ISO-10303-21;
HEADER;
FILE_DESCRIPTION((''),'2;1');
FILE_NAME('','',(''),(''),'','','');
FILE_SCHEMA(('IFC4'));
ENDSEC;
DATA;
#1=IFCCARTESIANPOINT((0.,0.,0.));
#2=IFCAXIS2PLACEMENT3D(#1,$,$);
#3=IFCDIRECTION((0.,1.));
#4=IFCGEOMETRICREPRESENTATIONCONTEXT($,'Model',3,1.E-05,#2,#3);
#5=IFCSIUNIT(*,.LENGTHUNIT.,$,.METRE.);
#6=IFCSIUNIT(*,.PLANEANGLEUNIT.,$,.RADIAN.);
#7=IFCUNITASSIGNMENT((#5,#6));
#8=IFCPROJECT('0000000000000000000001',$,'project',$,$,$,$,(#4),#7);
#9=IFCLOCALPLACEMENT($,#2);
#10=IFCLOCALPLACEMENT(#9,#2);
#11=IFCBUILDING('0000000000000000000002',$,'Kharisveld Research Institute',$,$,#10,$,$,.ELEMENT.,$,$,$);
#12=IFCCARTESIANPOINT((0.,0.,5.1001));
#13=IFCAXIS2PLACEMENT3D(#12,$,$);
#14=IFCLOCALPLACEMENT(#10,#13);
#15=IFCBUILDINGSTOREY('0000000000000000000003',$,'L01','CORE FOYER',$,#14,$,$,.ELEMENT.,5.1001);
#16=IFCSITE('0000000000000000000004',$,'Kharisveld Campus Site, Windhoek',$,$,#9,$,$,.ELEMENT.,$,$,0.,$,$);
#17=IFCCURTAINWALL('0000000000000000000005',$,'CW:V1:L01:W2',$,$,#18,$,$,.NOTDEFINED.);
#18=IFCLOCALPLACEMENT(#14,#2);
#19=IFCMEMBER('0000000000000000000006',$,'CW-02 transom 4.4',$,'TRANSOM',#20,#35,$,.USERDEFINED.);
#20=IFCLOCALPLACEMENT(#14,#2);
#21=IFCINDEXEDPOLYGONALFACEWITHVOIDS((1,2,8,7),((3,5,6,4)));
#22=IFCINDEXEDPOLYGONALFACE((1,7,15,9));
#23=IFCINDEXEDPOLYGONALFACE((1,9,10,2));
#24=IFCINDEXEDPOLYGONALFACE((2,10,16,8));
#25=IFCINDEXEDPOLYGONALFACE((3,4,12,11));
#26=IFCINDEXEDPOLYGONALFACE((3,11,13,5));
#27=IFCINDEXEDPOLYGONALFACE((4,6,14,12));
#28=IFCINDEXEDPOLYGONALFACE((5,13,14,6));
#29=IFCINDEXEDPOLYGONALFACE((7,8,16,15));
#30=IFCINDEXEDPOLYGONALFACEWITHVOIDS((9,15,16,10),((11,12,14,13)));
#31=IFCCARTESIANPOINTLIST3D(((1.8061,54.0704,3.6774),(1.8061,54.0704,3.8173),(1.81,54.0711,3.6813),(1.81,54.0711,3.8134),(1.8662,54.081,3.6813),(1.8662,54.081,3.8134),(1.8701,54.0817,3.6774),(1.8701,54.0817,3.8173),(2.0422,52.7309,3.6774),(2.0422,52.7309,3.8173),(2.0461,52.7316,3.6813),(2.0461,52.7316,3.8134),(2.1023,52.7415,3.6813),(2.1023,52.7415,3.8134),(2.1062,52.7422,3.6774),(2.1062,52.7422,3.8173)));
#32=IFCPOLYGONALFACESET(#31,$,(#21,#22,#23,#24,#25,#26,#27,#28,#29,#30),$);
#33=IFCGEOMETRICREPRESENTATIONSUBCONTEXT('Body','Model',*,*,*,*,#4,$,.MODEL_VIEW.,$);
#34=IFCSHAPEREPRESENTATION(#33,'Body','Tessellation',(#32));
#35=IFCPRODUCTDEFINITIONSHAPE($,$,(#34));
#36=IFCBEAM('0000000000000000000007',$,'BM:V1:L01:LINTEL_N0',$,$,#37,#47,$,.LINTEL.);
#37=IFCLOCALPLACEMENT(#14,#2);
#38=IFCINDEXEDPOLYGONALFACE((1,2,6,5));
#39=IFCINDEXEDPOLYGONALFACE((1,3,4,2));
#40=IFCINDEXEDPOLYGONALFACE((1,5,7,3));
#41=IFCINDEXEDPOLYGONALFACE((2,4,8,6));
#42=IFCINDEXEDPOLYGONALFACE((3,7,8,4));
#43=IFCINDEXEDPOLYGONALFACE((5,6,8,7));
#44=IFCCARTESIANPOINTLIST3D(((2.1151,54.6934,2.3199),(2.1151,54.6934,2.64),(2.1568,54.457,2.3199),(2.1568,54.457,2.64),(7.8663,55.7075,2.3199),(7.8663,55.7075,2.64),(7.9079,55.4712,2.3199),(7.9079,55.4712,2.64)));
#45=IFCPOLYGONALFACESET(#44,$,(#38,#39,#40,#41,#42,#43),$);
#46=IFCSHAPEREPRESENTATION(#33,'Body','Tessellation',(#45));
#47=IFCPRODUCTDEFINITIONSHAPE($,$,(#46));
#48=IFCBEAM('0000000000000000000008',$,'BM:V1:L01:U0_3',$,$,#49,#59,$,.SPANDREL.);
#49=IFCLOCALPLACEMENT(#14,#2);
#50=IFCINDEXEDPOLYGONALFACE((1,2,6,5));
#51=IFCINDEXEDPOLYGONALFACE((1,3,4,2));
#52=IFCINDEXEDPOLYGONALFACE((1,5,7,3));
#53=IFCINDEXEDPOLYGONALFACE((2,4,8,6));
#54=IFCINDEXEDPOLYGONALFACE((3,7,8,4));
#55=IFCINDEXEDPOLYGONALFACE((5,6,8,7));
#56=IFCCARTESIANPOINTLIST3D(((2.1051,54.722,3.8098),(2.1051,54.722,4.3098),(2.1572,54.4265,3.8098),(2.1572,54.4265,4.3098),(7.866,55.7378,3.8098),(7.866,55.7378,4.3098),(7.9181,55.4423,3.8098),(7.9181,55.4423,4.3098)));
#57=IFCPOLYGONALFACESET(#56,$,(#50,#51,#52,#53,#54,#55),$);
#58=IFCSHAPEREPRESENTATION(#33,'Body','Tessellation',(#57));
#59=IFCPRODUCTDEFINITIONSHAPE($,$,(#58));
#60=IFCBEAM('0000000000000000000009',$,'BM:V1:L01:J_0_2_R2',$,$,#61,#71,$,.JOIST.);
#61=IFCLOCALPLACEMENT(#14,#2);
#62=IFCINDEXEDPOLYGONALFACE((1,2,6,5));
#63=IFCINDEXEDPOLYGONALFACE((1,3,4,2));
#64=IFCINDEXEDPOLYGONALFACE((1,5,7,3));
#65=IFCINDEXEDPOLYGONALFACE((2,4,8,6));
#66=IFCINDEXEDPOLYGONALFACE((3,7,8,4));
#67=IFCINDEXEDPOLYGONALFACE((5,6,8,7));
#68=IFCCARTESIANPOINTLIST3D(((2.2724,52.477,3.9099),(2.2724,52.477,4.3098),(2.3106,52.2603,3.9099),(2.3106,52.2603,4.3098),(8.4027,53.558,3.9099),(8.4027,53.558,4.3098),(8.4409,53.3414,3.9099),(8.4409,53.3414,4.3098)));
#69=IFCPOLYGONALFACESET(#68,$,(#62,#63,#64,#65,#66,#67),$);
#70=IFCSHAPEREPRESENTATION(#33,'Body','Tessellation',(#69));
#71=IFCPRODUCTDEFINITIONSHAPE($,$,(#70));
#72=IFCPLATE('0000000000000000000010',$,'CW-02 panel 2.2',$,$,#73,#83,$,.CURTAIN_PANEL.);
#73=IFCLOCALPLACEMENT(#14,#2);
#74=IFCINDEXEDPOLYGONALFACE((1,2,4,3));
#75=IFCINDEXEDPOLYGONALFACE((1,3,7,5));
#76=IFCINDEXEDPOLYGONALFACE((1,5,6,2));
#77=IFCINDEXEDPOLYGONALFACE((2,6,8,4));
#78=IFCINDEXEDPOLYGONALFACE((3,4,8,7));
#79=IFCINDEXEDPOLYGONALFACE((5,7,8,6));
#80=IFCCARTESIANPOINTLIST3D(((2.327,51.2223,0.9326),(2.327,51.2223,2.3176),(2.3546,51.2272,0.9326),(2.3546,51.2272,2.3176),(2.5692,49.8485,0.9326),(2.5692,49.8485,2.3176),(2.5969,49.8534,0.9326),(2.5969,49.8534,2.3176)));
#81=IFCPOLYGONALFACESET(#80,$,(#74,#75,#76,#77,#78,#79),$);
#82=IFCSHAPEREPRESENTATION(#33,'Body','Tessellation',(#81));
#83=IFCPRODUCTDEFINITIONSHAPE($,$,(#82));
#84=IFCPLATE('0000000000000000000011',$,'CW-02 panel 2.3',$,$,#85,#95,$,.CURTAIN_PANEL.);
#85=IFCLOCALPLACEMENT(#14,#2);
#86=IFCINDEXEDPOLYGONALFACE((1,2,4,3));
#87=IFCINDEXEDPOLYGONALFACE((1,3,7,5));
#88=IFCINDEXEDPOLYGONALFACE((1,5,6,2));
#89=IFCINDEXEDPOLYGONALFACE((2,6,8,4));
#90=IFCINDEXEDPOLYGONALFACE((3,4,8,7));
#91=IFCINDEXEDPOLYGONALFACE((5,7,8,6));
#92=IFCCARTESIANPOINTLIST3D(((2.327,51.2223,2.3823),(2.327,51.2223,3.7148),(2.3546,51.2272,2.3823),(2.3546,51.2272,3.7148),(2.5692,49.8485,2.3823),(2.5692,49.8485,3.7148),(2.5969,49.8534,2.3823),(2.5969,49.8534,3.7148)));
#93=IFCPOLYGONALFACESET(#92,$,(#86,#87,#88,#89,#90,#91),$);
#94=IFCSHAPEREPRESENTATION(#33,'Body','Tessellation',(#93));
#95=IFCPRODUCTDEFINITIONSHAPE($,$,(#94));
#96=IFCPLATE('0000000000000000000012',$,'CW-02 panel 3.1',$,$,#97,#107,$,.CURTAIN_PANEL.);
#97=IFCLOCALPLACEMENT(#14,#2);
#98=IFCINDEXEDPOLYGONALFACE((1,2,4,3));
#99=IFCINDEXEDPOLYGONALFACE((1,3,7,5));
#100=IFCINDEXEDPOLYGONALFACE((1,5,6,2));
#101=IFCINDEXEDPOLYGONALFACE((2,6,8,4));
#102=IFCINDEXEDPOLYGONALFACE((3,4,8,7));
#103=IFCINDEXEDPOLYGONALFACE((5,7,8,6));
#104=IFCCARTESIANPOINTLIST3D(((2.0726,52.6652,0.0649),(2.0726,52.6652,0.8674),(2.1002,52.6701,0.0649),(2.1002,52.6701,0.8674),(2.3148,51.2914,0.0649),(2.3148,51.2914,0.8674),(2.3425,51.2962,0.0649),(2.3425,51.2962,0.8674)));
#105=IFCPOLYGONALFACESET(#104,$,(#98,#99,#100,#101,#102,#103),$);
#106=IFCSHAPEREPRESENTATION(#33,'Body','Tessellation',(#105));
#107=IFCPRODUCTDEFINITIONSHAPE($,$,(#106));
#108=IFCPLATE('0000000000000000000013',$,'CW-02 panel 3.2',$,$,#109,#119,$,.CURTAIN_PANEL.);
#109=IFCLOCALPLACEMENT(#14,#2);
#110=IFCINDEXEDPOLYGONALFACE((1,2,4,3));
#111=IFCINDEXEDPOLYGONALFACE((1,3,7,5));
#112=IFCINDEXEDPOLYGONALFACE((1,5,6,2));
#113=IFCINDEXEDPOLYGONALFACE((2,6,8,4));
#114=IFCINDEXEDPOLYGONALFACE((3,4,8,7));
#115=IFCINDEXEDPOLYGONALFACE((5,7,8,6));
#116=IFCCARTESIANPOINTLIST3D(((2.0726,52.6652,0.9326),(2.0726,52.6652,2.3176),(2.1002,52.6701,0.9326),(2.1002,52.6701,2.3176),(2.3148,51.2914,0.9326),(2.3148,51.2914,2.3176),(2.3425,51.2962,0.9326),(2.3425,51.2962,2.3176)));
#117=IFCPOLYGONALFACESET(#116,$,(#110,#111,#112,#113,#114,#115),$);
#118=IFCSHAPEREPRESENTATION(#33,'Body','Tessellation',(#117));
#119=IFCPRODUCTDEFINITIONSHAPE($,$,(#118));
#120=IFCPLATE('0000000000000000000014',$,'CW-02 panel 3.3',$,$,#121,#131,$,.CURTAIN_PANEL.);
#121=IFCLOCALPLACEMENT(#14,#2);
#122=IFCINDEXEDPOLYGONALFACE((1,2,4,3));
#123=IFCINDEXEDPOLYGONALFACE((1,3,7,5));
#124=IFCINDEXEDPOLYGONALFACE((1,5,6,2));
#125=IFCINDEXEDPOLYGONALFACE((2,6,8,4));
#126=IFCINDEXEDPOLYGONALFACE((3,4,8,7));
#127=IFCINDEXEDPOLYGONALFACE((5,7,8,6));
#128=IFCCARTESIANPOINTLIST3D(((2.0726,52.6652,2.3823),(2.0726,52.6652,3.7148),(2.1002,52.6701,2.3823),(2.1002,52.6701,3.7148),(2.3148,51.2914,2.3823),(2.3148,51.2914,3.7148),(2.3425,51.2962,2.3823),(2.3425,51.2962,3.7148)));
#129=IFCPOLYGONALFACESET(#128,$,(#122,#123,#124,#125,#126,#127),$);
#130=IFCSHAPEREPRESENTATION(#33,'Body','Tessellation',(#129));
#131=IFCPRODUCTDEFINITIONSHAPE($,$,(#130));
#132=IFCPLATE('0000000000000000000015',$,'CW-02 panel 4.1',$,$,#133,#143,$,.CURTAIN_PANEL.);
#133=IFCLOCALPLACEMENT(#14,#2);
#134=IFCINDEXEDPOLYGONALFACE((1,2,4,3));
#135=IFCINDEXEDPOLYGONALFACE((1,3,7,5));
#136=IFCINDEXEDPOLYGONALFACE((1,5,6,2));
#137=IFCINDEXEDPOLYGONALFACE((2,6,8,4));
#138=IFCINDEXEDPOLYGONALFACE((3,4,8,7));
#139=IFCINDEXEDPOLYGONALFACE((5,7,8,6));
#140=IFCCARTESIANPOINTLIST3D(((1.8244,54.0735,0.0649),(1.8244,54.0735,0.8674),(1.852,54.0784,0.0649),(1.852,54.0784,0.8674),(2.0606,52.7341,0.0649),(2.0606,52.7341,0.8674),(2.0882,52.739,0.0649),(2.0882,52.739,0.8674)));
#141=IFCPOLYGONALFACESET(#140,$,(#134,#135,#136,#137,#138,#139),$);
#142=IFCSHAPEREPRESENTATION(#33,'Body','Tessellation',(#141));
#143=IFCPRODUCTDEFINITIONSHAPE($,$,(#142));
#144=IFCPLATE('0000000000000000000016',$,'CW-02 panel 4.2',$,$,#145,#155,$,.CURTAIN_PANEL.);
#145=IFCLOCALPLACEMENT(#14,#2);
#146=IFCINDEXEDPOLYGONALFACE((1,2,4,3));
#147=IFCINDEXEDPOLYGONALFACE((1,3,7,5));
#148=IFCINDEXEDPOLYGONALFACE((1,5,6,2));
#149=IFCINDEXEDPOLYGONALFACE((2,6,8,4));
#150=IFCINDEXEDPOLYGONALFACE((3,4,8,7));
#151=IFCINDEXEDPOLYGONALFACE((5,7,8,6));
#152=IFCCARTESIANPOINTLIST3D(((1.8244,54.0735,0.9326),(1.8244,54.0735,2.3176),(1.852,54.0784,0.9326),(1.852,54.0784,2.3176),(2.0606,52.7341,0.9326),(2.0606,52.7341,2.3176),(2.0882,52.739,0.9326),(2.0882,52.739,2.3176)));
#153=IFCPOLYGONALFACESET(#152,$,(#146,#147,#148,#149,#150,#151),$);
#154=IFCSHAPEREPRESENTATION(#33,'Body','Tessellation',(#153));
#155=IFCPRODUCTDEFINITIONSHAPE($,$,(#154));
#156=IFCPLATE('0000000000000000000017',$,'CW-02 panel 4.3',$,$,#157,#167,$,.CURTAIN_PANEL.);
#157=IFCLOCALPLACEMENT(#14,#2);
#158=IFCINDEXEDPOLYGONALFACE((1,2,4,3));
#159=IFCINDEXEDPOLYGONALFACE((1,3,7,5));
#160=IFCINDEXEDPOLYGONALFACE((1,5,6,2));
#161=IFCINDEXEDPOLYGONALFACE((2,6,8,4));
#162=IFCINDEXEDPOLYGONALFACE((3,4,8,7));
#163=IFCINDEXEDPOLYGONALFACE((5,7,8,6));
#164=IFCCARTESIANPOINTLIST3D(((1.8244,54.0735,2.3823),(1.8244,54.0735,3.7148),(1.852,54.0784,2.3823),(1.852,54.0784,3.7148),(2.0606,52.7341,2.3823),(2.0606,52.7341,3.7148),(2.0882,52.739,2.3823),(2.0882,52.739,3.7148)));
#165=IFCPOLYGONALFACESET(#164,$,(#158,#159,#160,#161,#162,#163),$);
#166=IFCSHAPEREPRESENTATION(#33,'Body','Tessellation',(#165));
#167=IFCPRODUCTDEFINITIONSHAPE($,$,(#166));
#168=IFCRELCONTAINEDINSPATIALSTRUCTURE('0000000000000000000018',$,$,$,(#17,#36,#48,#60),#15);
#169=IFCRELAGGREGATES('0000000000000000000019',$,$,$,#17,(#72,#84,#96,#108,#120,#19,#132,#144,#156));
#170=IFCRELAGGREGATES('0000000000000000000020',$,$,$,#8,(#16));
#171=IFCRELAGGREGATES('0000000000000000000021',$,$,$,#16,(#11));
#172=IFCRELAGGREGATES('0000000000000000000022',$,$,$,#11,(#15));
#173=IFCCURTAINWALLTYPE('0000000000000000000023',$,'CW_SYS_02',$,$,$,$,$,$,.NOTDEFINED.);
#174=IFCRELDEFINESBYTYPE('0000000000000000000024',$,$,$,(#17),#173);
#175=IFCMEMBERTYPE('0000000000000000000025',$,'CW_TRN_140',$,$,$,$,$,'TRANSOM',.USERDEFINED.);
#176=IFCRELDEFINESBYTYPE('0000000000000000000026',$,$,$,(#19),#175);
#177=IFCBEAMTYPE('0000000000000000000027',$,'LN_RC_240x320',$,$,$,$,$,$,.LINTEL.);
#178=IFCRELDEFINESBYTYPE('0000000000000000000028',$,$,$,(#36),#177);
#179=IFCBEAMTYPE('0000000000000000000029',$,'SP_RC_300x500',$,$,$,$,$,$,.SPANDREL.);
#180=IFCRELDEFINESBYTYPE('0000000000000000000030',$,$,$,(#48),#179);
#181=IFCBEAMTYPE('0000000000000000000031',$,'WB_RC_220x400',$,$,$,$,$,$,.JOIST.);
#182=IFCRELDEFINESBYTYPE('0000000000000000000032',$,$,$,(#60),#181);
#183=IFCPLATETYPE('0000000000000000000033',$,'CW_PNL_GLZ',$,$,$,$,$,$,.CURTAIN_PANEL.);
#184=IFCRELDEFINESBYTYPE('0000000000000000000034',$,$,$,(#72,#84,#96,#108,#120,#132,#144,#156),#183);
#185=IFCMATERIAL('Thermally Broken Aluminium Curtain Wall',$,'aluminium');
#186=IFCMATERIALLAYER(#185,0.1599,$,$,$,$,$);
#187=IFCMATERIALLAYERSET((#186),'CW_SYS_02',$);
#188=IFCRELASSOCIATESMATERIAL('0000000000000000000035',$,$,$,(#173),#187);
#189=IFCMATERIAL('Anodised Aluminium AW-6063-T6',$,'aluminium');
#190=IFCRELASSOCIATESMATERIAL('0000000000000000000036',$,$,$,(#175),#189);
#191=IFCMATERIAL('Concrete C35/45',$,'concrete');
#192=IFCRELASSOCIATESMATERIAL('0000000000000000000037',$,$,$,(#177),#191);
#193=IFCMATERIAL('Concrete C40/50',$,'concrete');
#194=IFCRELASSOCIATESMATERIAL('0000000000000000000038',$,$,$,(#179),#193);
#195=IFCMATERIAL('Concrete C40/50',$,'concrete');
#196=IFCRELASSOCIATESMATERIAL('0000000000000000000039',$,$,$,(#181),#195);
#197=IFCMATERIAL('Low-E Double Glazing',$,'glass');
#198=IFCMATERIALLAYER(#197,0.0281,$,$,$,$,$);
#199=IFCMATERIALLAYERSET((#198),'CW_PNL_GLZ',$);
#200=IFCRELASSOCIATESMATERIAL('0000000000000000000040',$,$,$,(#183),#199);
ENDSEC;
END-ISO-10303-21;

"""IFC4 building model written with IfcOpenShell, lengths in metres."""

from ifc_helpers import new_model, si_unit, direction, frame, origin, origin_2d, place, context, subcontext, project, spatial, rectangle, hollow_rectangle, extrude, material, layer, layer_set, material_profile, profile_set, type_object, element, aggregate, save


model = new_model("IFC4")

# Units and contexts
model_context = context("Model", 3, precision=1e-05, world=origin(), true_north=direction((0.0, 1.0)))
body_context = subcontext(model_context, "Body", "Model", "MODEL_VIEW")
ifc_project = project(units=[si_unit("LENGTHUNIT", "METRE"), si_unit("PLANEANGLEUNIT", "RADIAN")], contexts=[model_context])

# Site, building, storey
site_placement = place(None, origin())
site = spatial("IfcSite", under=ifc_project, at=site_placement, Name="Kharisveld Campus Site, Windhoek", CompositionType="ELEMENT", RefElevation=0.0)
building_placement = place(site_placement, origin())
building = spatial("IfcBuilding", under=site, at=building_placement, Name="Kharisveld Research Institute", CompositionType="ELEMENT")
storey_placement = place(building_placement, frame((0.0, 0.0, 5.1001)))
storey = spatial("IfcBuildingStorey", under=building, at=storey_placement, Name="L01", Description="CORE FOYER", CompositionType="ELEMENT", Elevation=5.1001)

# Curtain wall, member
ifc_material_1 = material(Name="Thermally Broken Aluminium Curtain Wall", Category="aluminium")
ifc_layer_1 = layer(ifc_material_1, 0.1599)
ifc_layer_set_1 = layer_set([ifc_layer_1], Name="CW_SYS_02")
curtain_wall_type = type_object("IfcCurtainWallType", Name="CW_SYS_02", PredefinedType="NOTDEFINED", material=ifc_layer_set_1)
curtain_wall_placement = place(storey_placement, origin())
curtain_wall = element("IfcCurtainWall", 1, at=curtain_wall_placement, inside=storey, type_object=curtain_wall_type, Name="CW:V1:L01:W2", PredefinedType="NOTDEFINED")
ifc_material_2 = material(Name="Anodised Aluminium AW-6063-T6", Category="aluminium")
ifc_material_profile_1 = material_profile(ifc_material_2, hollow_rectangle(XDim=0.0649, YDim=0.1399, WallThickness=0.0039, at=origin_2d()))
ifc_profile_set_1 = profile_set([ifc_material_profile_1], Name="Anodised Aluminium AW-6063-T6")
member_type_1 = type_object("IfcMemberType", Name="CW_TRN_140", ElementType="TRANSOM", PredefinedType="USERDEFINED", material=ifc_profile_set_1)
member_1_placement = place(storey_placement, frame((2.0742, 52.7366, 3.7473), z_axis=(-0.173591, 0.984818, 0.0), x_axis=(-0.984818, -0.173591, 0.0)))
member_1 = element("IfcMember", 2, at=member_1_placement, type_object=member_type_1, Name="CW-02 transom 4.4", ObjectType="TRANSOM", PredefinedType="USERDEFINED", context=body_context, shape_type="SweptSolid", body=[
    extrude(hollow_rectangle(XDim=0.0649, YDim=0.1399, WallThickness=0.0039, at=origin_2d()), origin(), (0.0, 0.0, 1.0), 1.3601),
])

# Beams
ifc_material_3 = material(Name="Concrete C35/45", Category="concrete")
ifc_material_profile_2 = material_profile(ifc_material_3, rectangle(XDim=0.24, YDim=0.3201, at=origin_2d()))
ifc_profile_set_2 = profile_set([ifc_material_profile_2], Name="Concrete C35/45")
beam_type_1 = type_object("IfcBeamType", Name="LN_RC_240x320", PredefinedType="LINTEL", material=ifc_profile_set_2)
beam_1_placement = place(storey_placement, frame((2.136, 54.5752, 2.48), z_axis=(0.984806, 0.173659, 0.0), x_axis=(-0.173659, 0.984806, 0.0)))
element("IfcBeam", 3, at=beam_1_placement, inside=storey, type_object=beam_type_1, Name="BM:V1:L01:LINTEL_N0", PredefinedType="LINTEL", context=body_context, shape_type="SweptSolid", body=[
    extrude(rectangle(XDim=0.24, YDim=0.3201, at=origin_2d()), origin(), (0.0, 0.0, 1.0), 5.8398),
])
ifc_material_4 = material(Name="Concrete C40/50", Category="concrete")
ifc_material_profile_3 = material_profile(ifc_material_4, rectangle(XDim=0.3, YDim=0.5, at=origin_2d()))
ifc_profile_set_3 = profile_set([ifc_material_profile_3], Name="Concrete C40/50")
beam_type_2 = type_object("IfcBeamType", Name="SP_RC_300x500", PredefinedType="SPANDREL", material=ifc_profile_set_3)
beam_2_placement = place(storey_placement, frame((2.1311, 54.5742, 4.0598), z_axis=(0.984806, 0.173657, 0.0), x_axis=(-0.173657, 0.984806, 0.0)))
element("IfcBeam", 4, at=beam_2_placement, inside=storey, type_object=beam_type_2, Name="BM:V1:L01:U0_3", PredefinedType="SPANDREL", context=body_context, shape_type="SweptSolid", body=[
    extrude(rectangle(XDim=0.3, YDim=0.5, at=origin_2d()), origin(), (0.0, 0.0, 1.0), 5.8499),
])
ifc_material_5 = material(Name="Concrete C40/50", Category="concrete")
ifc_material_profile_4 = material_profile(ifc_material_5, rectangle(XDim=0.22, YDim=0.3999, at=origin_2d()))
ifc_profile_set_4 = profile_set([ifc_material_profile_4], Name="Concrete C40/50")
beam_type_3 = type_object("IfcBeamType", Name="WB_RC_220x400", PredefinedType="JOIST", material=ifc_profile_set_4)
beam_3_placement = place(storey_placement, frame((2.2915, 52.3687, 4.1099), z_axis=(0.984805, 0.173665, 0.0), x_axis=(-0.173665, 0.984805, 0.0)))
element("IfcBeam", 5, at=beam_3_placement, inside=storey, type_object=beam_type_3, Name="BM:V1:L01:J_0_2_R2", PredefinedType="JOIST", context=body_context, shape_type="SweptSolid", body=[
    extrude(rectangle(XDim=0.22, YDim=0.3999, at=origin_2d()), origin(), (0.0, 0.0, 1.0), 6.2249),
])

# Plates
ifc_material_6 = material(Name="Low-E Double Glazing", Category="glass")
ifc_layer_2 = layer(ifc_material_6, 0.0281)
ifc_layer_set_2 = layer_set([ifc_layer_2], Name="CW_PNL_GLZ")
plate_type = type_object("IfcPlateType", Name="CW_PNL_GLZ", PredefinedType="CURTAIN_PANEL", material=ifc_layer_set_2)
plate_1_placement = place(storey_placement, frame((2.4619, 50.5378, 0.9326), z_axis=(0.0, 0.0, 1.0), x_axis=(-0.173648, 0.984808, 0.0)))
plate_1 = element("IfcPlate", 6, at=plate_1_placement, type_object=plate_type, Name="CW-02 panel 2.2", PredefinedType="CURTAIN_PANEL", context=body_context, shape_type="SweptSolid", body=[
    extrude(rectangle(XDim=1.395, YDim=0.0281, at=origin_2d()), origin(), (0.0, 0.0, 1.0), 1.385),
])
plate_2_placement = place(storey_placement, frame((2.4619, 50.5378, 2.3823), z_axis=(0.0, 0.0, 1.0), x_axis=(-0.173648, 0.984808, 0.0)))
plate_2 = element("IfcPlate", 7, at=plate_2_placement, type_object=plate_type, Name="CW-02 panel 2.3", PredefinedType="CURTAIN_PANEL", context=body_context, shape_type="SweptSolid", body=[
    extrude(rectangle(XDim=1.395, YDim=0.0281, at=origin_2d()), origin(), (0.0, 0.0, 1.0), 1.3325),
])
plate_3_placement = place(storey_placement, frame((2.2075, 51.9807, 0.0649), z_axis=(0.0, 0.0, 1.0), x_axis=(-0.173648, 0.984808, 0.0)))
plate_3 = element("IfcPlate", 8, at=plate_3_placement, type_object=plate_type, Name="CW-02 panel 3.1", PredefinedType="CURTAIN_PANEL", context=body_context, shape_type="SweptSolid", body=[
    extrude(rectangle(XDim=1.395, YDim=0.0281, at=origin_2d()), origin(), (0.0, 0.0, 1.0), 0.8025),
])
plate_4_placement = place(storey_placement, frame((2.2075, 51.9807, 0.9326), z_axis=(0.0, 0.0, 1.0), x_axis=(-0.173648, 0.984808, 0.0)))
plate_4 = element("IfcPlate", 9, at=plate_4_placement, type_object=plate_type, Name="CW-02 panel 3.2", PredefinedType="CURTAIN_PANEL", context=body_context, shape_type="SweptSolid", body=[
    extrude(rectangle(XDim=1.395, YDim=0.0281, at=origin_2d()), origin(), (0.0, 0.0, 1.0), 1.385),
])
plate_5_placement = place(storey_placement, frame((2.2075, 51.9807, 2.3823), z_axis=(0.0, 0.0, 1.0), x_axis=(-0.173648, 0.984808, 0.0)))
plate_5 = element("IfcPlate", 10, at=plate_5_placement, type_object=plate_type, Name="CW-02 panel 3.3", PredefinedType="CURTAIN_PANEL", context=body_context, shape_type="SweptSolid", body=[
    extrude(rectangle(XDim=1.395, YDim=0.0281, at=origin_2d()), origin(), (0.0, 0.0, 1.0), 1.3325),
])
plate_6_placement = place(storey_placement, frame((1.9563, 53.4062, 0.0649), z_axis=(0.0, 0.0, 1.0), x_axis=(-0.173648, 0.984808, 0.0)))
plate_6 = element("IfcPlate", 11, at=plate_6_placement, type_object=plate_type, Name="CW-02 panel 4.1", PredefinedType="CURTAIN_PANEL", context=body_context, shape_type="SweptSolid", body=[
    extrude(rectangle(XDim=1.3601, YDim=0.0281, at=origin_2d()), origin(), (0.0, 0.0, 1.0), 0.8025),
])
plate_7_placement = place(storey_placement, frame((1.9563, 53.4062, 0.9326), z_axis=(0.0, 0.0, 1.0), x_axis=(-0.173648, 0.984808, 0.0)))
plate_7 = element("IfcPlate", 12, at=plate_7_placement, type_object=plate_type, Name="CW-02 panel 4.2", PredefinedType="CURTAIN_PANEL", context=body_context, shape_type="SweptSolid", body=[
    extrude(rectangle(XDim=1.3601, YDim=0.0281, at=origin_2d()), origin(), (0.0, 0.0, 1.0), 1.385),
])
plate_8_placement = place(storey_placement, frame((1.9563, 53.4062, 2.3823), z_axis=(0.0, 0.0, 1.0), x_axis=(-0.173648, 0.984808, 0.0)))
plate_8 = element("IfcPlate", 13, at=plate_8_placement, type_object=plate_type, Name="CW-02 panel 4.3", PredefinedType="CURTAIN_PANEL", context=body_context, shape_type="SweptSolid", body=[
    extrude(rectangle(XDim=1.3601, YDim=0.0281, at=origin_2d()), origin(), (0.0, 0.0, 1.0), 1.3325),
])
aggregate(curtain_wall, [plate_1, plate_2, plate_3, plate_4, plate_5, member_1, plate_6, plate_7, plate_8])

save(model, "model.ifc")
